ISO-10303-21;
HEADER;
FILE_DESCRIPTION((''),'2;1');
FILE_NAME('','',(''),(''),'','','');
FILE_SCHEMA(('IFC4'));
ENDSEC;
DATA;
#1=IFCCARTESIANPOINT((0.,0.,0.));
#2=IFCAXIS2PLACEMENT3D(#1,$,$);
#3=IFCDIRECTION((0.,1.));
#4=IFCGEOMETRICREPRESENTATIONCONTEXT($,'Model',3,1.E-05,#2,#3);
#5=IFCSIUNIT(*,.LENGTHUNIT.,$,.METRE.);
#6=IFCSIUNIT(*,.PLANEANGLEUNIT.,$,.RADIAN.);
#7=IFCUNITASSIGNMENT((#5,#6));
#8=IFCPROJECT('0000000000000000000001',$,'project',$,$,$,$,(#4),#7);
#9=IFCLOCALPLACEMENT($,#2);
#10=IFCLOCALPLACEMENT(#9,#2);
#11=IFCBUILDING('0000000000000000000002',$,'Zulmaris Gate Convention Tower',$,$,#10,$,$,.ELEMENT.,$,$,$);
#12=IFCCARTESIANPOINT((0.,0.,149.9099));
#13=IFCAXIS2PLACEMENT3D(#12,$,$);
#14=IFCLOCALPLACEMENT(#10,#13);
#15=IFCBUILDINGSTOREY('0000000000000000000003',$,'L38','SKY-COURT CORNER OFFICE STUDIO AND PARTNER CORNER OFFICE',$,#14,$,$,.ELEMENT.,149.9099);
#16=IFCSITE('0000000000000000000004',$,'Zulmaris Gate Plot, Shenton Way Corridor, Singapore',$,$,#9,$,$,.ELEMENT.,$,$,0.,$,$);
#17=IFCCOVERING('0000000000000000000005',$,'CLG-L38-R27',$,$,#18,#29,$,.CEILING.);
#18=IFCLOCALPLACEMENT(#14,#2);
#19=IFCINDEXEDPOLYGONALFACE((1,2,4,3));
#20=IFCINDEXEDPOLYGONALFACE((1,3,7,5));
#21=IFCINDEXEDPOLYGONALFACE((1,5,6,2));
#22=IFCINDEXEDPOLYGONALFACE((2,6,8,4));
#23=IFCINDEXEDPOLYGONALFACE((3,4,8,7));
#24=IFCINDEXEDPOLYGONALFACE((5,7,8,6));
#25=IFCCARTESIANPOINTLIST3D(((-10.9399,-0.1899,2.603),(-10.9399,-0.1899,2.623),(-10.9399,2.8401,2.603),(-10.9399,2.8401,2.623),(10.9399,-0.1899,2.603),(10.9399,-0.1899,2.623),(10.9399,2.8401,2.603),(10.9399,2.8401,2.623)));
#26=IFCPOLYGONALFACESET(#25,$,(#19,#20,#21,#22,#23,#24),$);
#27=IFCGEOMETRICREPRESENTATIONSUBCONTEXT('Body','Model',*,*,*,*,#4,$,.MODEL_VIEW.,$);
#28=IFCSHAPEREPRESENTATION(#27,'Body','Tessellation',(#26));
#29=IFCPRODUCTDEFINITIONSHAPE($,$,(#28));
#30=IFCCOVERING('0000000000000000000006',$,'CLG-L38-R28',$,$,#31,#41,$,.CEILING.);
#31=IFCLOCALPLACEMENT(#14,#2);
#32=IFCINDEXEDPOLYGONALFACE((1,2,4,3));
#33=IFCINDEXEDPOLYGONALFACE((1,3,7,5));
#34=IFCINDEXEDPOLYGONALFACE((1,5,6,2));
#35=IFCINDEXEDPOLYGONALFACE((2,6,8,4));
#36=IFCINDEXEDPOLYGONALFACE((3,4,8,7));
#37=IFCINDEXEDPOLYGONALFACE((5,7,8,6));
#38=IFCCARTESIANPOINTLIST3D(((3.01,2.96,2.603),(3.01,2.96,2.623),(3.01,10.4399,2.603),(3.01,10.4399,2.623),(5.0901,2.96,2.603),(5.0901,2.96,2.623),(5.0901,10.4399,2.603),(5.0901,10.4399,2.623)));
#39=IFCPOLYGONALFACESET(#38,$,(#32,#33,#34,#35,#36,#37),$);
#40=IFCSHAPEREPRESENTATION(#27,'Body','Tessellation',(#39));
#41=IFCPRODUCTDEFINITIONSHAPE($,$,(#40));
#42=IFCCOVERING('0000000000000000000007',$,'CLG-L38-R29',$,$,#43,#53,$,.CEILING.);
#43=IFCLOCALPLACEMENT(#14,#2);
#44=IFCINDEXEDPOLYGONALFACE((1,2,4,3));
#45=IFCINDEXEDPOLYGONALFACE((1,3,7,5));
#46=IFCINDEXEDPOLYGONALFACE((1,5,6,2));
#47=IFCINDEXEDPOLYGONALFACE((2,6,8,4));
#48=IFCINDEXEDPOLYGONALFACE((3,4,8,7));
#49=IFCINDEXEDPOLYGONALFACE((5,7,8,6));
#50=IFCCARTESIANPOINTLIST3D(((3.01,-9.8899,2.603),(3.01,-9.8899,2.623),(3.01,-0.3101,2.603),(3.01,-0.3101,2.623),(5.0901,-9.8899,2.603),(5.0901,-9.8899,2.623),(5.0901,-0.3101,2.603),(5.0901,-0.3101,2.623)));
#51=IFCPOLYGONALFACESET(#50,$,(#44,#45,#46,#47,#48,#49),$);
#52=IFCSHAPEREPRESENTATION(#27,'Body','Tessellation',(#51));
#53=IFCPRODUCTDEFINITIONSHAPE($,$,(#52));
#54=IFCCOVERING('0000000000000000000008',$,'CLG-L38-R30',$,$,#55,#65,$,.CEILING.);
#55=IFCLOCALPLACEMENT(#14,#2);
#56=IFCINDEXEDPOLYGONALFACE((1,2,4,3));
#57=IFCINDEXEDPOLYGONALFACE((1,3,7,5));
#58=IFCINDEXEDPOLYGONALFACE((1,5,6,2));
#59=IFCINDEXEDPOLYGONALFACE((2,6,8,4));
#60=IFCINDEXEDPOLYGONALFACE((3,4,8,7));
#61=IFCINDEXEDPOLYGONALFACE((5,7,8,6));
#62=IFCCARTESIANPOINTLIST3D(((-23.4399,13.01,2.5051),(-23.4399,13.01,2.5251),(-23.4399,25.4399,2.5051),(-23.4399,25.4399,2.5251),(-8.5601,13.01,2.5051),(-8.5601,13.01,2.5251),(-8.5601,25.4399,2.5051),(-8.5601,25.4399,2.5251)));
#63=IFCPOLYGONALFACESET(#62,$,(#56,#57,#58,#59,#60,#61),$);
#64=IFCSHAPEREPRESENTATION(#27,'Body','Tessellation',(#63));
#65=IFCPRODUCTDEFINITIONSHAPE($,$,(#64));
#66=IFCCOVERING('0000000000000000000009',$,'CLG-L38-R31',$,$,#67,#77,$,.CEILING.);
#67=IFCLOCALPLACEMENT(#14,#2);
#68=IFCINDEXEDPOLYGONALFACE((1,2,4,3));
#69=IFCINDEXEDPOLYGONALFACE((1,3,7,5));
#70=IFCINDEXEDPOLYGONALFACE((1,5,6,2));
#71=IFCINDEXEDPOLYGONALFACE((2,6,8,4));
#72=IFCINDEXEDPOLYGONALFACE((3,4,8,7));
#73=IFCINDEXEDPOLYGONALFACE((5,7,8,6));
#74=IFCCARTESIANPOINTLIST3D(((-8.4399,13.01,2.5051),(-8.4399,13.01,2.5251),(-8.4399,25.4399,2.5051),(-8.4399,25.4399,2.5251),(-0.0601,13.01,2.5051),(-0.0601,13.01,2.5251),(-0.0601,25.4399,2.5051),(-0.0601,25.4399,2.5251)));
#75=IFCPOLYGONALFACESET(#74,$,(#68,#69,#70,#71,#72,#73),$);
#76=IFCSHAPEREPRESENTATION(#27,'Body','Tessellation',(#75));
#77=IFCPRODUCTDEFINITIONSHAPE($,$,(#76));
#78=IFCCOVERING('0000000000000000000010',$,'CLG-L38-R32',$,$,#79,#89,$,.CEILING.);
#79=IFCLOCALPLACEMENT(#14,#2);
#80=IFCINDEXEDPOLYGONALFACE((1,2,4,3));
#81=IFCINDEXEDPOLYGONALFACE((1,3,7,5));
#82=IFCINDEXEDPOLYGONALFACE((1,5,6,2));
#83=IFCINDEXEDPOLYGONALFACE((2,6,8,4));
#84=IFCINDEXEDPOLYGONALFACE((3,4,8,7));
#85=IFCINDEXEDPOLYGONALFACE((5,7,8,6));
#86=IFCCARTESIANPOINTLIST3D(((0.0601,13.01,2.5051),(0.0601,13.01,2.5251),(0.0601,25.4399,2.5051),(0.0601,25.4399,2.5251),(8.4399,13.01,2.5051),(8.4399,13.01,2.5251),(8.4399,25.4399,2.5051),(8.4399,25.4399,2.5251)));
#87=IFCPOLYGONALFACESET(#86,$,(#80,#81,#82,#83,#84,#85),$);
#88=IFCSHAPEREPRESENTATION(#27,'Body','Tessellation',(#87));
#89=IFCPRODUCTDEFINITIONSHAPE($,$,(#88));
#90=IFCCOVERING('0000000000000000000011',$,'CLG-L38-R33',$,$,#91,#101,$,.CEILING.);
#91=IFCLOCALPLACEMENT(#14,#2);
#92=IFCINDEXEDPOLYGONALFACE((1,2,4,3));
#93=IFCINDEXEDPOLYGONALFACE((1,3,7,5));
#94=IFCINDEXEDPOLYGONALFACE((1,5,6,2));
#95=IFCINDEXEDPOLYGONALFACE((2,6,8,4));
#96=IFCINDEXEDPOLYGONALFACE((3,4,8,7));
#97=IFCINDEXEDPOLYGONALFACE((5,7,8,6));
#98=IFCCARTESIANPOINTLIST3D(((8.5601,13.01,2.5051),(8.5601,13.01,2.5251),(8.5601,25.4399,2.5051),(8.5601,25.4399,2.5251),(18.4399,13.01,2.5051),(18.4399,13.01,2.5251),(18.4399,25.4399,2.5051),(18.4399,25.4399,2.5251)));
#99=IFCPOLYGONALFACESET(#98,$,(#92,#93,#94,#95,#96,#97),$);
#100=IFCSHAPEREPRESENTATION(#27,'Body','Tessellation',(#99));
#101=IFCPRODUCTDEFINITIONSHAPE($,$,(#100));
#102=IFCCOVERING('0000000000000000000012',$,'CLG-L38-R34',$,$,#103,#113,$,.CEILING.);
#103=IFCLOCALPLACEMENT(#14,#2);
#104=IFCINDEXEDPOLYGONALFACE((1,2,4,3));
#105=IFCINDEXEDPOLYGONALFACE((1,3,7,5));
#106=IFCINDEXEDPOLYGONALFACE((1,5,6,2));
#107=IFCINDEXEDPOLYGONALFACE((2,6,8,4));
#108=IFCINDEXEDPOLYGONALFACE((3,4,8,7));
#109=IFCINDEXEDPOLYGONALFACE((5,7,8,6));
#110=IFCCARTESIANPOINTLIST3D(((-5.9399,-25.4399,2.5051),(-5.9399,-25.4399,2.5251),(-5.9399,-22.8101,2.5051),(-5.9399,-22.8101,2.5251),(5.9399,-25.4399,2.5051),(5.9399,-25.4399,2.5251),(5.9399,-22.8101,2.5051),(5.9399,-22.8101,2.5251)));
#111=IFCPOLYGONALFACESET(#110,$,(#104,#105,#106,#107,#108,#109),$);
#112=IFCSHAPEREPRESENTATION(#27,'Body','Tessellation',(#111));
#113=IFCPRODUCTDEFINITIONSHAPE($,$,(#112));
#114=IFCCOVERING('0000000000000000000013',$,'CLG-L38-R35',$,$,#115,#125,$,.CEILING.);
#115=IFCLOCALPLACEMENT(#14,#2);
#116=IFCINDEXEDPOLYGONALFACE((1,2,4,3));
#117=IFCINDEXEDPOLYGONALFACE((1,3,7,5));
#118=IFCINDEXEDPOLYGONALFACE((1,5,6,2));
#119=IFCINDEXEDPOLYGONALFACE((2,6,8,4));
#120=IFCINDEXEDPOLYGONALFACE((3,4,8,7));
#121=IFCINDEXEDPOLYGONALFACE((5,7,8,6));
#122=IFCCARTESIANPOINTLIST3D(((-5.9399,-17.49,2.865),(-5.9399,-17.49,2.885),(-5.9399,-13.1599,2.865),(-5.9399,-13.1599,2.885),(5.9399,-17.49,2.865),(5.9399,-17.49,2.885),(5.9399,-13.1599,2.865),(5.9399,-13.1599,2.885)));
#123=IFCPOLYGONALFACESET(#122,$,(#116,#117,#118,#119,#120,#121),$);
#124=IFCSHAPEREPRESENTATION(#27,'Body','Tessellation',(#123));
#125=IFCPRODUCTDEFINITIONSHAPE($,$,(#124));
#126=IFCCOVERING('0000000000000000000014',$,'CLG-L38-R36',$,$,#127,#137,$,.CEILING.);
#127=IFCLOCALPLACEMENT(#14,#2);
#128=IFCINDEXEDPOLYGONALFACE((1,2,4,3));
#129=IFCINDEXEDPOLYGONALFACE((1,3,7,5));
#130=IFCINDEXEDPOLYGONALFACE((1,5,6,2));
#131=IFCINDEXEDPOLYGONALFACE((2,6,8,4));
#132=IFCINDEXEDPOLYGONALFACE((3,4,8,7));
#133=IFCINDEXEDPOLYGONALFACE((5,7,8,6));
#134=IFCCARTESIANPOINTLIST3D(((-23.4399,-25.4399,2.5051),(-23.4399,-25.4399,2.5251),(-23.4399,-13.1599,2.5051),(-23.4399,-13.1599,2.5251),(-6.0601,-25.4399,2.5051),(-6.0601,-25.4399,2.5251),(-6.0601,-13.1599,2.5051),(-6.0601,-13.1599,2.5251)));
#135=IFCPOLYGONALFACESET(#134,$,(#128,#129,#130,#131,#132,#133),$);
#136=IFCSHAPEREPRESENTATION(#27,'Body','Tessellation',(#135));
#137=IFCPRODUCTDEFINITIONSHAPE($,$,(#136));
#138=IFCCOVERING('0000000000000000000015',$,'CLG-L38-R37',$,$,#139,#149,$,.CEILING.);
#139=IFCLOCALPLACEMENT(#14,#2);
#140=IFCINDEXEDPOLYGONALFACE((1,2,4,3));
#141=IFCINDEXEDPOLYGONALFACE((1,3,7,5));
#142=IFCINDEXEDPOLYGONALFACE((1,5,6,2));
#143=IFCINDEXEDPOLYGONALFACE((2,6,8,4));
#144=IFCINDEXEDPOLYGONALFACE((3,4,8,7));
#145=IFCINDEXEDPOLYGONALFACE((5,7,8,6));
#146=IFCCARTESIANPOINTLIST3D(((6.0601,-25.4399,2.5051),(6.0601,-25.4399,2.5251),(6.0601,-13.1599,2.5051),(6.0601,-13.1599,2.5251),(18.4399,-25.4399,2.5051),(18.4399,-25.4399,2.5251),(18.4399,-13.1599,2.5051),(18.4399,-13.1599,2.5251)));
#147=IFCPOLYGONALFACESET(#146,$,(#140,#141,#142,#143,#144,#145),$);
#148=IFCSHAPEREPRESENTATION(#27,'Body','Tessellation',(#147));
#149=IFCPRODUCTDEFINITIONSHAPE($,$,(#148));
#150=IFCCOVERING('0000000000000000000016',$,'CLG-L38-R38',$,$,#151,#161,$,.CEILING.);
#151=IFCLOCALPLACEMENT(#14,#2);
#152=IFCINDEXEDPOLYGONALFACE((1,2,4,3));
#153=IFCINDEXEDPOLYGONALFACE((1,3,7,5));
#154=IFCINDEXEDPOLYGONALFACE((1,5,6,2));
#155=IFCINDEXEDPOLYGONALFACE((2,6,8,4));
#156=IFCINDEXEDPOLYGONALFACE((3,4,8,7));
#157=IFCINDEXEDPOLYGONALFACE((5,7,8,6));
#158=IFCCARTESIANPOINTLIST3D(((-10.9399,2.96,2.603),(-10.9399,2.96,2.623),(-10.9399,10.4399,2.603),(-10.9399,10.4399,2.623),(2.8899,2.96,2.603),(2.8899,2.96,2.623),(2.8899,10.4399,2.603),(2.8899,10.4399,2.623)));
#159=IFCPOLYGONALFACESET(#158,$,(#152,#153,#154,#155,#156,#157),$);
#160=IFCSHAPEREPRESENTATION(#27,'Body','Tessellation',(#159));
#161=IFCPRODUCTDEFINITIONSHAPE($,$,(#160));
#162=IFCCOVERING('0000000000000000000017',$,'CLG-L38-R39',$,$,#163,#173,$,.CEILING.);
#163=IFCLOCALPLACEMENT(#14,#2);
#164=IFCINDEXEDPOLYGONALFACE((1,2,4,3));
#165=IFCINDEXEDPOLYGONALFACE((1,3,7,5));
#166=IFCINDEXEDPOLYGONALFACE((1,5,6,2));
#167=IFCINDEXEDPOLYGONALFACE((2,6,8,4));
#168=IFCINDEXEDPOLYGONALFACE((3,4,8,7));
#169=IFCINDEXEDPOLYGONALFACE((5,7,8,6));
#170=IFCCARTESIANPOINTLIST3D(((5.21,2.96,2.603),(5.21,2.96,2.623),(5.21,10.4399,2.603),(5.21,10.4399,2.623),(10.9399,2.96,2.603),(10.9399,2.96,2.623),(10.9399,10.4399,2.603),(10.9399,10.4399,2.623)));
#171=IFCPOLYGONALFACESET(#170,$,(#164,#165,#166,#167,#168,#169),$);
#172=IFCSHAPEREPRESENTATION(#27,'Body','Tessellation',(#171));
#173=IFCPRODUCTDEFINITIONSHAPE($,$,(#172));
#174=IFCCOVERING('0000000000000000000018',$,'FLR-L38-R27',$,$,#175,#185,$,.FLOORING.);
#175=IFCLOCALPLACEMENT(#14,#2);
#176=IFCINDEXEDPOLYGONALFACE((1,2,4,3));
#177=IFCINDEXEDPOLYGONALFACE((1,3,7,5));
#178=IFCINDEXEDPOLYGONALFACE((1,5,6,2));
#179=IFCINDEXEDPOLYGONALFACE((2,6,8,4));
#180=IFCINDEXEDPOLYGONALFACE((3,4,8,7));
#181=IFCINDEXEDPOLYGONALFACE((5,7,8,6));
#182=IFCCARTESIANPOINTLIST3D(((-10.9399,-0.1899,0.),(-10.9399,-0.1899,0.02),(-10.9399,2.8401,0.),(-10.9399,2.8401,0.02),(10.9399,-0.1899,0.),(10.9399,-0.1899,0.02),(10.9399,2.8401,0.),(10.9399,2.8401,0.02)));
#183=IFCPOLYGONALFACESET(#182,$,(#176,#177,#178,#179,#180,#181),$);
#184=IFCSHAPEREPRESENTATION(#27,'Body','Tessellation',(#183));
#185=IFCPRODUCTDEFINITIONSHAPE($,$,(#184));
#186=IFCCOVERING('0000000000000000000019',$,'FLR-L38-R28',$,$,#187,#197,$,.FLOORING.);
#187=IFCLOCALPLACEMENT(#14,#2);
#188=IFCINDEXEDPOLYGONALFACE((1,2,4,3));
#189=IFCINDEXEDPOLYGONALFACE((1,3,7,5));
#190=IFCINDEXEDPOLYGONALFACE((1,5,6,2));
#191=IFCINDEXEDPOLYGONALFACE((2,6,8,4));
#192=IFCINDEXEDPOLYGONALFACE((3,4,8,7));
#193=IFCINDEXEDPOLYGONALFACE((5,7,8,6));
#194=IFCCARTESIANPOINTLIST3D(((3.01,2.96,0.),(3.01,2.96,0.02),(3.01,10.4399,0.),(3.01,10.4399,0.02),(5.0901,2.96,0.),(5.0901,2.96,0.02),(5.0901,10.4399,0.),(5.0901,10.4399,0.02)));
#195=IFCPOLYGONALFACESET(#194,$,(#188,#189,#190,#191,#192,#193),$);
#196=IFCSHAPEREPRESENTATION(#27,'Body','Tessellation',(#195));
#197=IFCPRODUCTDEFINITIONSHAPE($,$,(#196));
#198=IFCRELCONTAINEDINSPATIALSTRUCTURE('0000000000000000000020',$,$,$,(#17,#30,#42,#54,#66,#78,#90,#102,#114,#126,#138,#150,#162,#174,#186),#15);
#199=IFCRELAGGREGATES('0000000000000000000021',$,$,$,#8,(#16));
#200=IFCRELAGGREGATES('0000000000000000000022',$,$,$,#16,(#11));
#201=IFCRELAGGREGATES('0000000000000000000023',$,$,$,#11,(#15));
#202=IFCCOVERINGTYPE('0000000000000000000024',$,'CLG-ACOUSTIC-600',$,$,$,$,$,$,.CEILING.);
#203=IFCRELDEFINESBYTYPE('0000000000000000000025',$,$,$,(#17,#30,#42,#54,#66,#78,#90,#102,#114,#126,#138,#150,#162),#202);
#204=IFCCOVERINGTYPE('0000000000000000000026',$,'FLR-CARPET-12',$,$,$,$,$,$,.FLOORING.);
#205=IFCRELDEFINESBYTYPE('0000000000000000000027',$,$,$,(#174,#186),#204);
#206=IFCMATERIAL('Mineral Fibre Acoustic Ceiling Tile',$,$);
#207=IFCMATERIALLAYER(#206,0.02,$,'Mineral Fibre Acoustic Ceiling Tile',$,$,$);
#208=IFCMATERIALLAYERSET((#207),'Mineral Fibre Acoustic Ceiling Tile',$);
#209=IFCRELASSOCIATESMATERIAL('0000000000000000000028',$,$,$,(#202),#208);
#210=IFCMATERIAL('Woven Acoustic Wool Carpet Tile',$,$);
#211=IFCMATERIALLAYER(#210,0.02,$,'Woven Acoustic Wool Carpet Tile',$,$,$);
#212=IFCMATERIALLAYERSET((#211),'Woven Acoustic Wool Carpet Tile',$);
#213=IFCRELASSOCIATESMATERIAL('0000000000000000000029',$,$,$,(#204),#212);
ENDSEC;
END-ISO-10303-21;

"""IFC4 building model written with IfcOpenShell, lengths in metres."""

from ifc_helpers import new_model, si_unit, direction, frame, origin, place, context, subcontext, project, spatial, polyline, outline, extrude, material, layer, layer_set, type_object, element, save


model = new_model("IFC4")

# Units and contexts
model_context = context("Model", 3, precision=1e-05, world=origin(), true_north=direction((0.0, 1.0)))
body_context = subcontext(model_context, "Body", "Model", "MODEL_VIEW")
ifc_project = project(units=[si_unit("LENGTHUNIT", "METRE"), si_unit("PLANEANGLEUNIT", "RADIAN")], contexts=[model_context])

# Site, building, storey
site_placement = place(None, origin())
site = spatial("IfcSite", under=ifc_project, at=site_placement, Name="Zulmaris Gate Plot, Shenton Way Corridor, Singapore", CompositionType="ELEMENT", RefElevation=0.0)
building_placement = place(site_placement, origin())
building = spatial("IfcBuilding", under=site, at=building_placement, Name="Zulmaris Gate Convention Tower", CompositionType="ELEMENT")
storey_placement = place(building_placement, frame((0.0, 0.0, 149.9099)))
storey = spatial("IfcBuildingStorey", under=building, at=storey_placement, Name="L38", Description="SKY-COURT CORNER OFFICE STUDIO AND PARTNER CORNER OFFICE", CompositionType="ELEMENT", Elevation=149.9099)

# Coverings
ifc_material_1 = material(Name="Mineral Fibre Acoustic Ceiling Tile")
ifc_layer_1 = layer(ifc_material_1, 0.02, Name="Mineral Fibre Acoustic Ceiling Tile")
ifc_layer_set_1 = layer_set([ifc_layer_1], Name="Mineral Fibre Acoustic Ceiling Tile")
covering_type_1 = type_object("IfcCoveringType", Name="CLG-ACOUSTIC-600", PredefinedType="CEILING", material=ifc_layer_set_1)
covering_1_placement = place(storey_placement, frame((0.0, 0.0, 2.603)))
element("IfcCovering", 1, at=covering_1_placement, inside=storey, type_object=covering_type_1, Name="CLG-L38-R27", PredefinedType="CEILING", context=body_context, shape_type="SweptSolid", body=[
    extrude(outline(polyline([(-10.9399, -0.1899), (10.9399, -0.1899), (10.9399, 2.8401), (-10.9399, 2.8401), (-10.9399, -0.1899)])), origin(), (0.0, 0.0, 1.0), 0.02),
])
covering_2_placement = place(storey_placement, frame((0.0, 0.0, 2.603)))
element("IfcCovering", 2, at=covering_2_placement, inside=storey, type_object=covering_type_1, Name="CLG-L38-R28", PredefinedType="CEILING", context=body_context, shape_type="SweptSolid", body=[
    extrude(outline(polyline([(3.01, 2.96), (5.0901, 2.96), (5.0901, 10.4399), (3.01, 10.4399), (3.01, 2.96)])), origin(), (0.0, 0.0, 1.0), 0.02),
])
covering_3_placement = place(storey_placement, frame((0.0, 0.0, 2.603)))
element("IfcCovering", 3, at=covering_3_placement, inside=storey, type_object=covering_type_1, Name="CLG-L38-R29", PredefinedType="CEILING", context=body_context, shape_type="SweptSolid", body=[
    extrude(outline(polyline([(3.01, -9.8899), (5.0901, -9.8899), (5.0901, -0.3101), (3.01, -0.3101), (3.01, -9.8899)])), origin(), (0.0, 0.0, 1.0), 0.02),
])
covering_4_placement = place(storey_placement, frame((0.0, 0.0, 2.5051)))
element("IfcCovering", 4, at=covering_4_placement, inside=storey, type_object=covering_type_1, Name="CLG-L38-R30", PredefinedType="CEILING", context=body_context, shape_type="SweptSolid", body=[
    extrude(outline(polyline([(-23.4399, 13.01), (-8.5601, 13.01), (-8.5601, 25.4399), (-23.4399, 25.4399), (-23.4399, 13.01)])), origin(), (0.0, 0.0, 1.0), 0.02),
])
covering_5_placement = place(storey_placement, frame((0.0, 0.0, 2.5051)))
element("IfcCovering", 5, at=covering_5_placement, inside=storey, type_object=covering_type_1, Name="CLG-L38-R31", PredefinedType="CEILING", context=body_context, shape_type="SweptSolid", body=[
    extrude(outline(polyline([(-8.4399, 13.01), (-0.0601, 13.01), (-0.0601, 25.4399), (-8.4399, 25.4399), (-8.4399, 13.01)])), origin(), (0.0, 0.0, 1.0), 0.02),
])
covering_6_placement = place(storey_placement, frame((0.0, 0.0, 2.5051)))
element("IfcCovering", 6, at=covering_6_placement, inside=storey, type_object=covering_type_1, Name="CLG-L38-R32", PredefinedType="CEILING", context=body_context, shape_type="SweptSolid", body=[
    extrude(outline(polyline([(0.0601, 13.01), (8.4399, 13.01), (8.4399, 25.4399), (0.0601, 25.4399), (0.0601, 13.01)])), origin(), (0.0, 0.0, 1.0), 0.02),
])
covering_7_placement = place(storey_placement, frame((0.0, 0.0, 2.5051)))
element("IfcCovering", 7, at=covering_7_placement, inside=storey, type_object=covering_type_1, Name="CLG-L38-R33", PredefinedType="CEILING", context=body_context, shape_type="SweptSolid", body=[
    extrude(outline(polyline([(8.5601, 13.01), (18.4399, 13.01), (18.4399, 25.4399), (8.5601, 25.4399), (8.5601, 13.01)])), origin(), (0.0, 0.0, 1.0), 0.02),
])
covering_8_placement = place(storey_placement, frame((0.0, 0.0, 2.5051)))
element("IfcCovering", 8, at=covering_8_placement, inside=storey, type_object=covering_type_1, Name="CLG-L38-R34", PredefinedType="CEILING", context=body_context, shape_type="SweptSolid", body=[
    extrude(outline(polyline([(-5.9399, -25.4399), (5.9399, -25.4399), (5.9399, -22.8101), (-5.9399, -22.8101), (-5.9399, -25.4399)])), origin(), (0.0, 0.0, 1.0), 0.02),
])
covering_9_placement = place(storey_placement, frame((0.0, 0.0, 2.865)))
element("IfcCovering", 9, at=covering_9_placement, inside=storey, type_object=covering_type_1, Name="CLG-L38-R35", PredefinedType="CEILING", context=body_context, shape_type="SweptSolid", body=[
    extrude(outline(polyline([(-5.9399, -17.49), (5.9399, -17.49), (5.9399, -13.1599), (-5.9399, -13.1599), (-5.9399, -17.49)])), origin(), (0.0, 0.0, 1.0), 0.02),
])
covering_10_placement = place(storey_placement, frame((0.0, 0.0, 2.5051)))
element("IfcCovering", 10, at=covering_10_placement, inside=storey, type_object=covering_type_1, Name="CLG-L38-R36", PredefinedType="CEILING", context=body_context, shape_type="SweptSolid", body=[
    extrude(outline(polyline([(-23.4399, -25.4399), (-6.0601, -25.4399), (-6.0601, -13.1599), (-23.4399, -13.1599), (-23.4399, -25.4399)])), origin(), (0.0, 0.0, 1.0), 0.02),
])
covering_11_placement = place(storey_placement, frame((0.0, 0.0, 2.5051)))
element("IfcCovering", 11, at=covering_11_placement, inside=storey, type_object=covering_type_1, Name="CLG-L38-R37", PredefinedType="CEILING", context=body_context, shape_type="SweptSolid", body=[
    extrude(outline(polyline([(6.0601, -25.4399), (18.4399, -25.4399), (18.4399, -13.1599), (6.0601, -13.1599), (6.0601, -25.4399)])), origin(), (0.0, 0.0, 1.0), 0.02),
])
covering_12_placement = place(storey_placement, frame((0.0, 0.0, 2.603)))
element("IfcCovering", 12, at=covering_12_placement, inside=storey, type_object=covering_type_1, Name="CLG-L38-R38", PredefinedType="CEILING", context=body_context, shape_type="SweptSolid", body=[
    extrude(outline(polyline([(-10.9399, 2.96), (2.8899, 2.96), (2.8899, 10.4399), (-10.9399, 10.4399), (-10.9399, 2.96)])), origin(), (0.0, 0.0, 1.0), 0.02),
])
covering_13_placement = place(storey_placement, frame((0.0, 0.0, 2.603)))
element("IfcCovering", 13, at=covering_13_placement, inside=storey, type_object=covering_type_1, Name="CLG-L38-R39", PredefinedType="CEILING", context=body_context, shape_type="SweptSolid", body=[
    extrude(outline(polyline([(5.21, 2.96), (10.9399, 2.96), (10.9399, 10.4399), (5.21, 10.4399), (5.21, 2.96)])), origin(), (0.0, 0.0, 1.0), 0.02),
])
ifc_material_2 = material(Name="Woven Acoustic Wool Carpet Tile")
ifc_layer_2 = layer(ifc_material_2, 0.02, Name="Woven Acoustic Wool Carpet Tile")
ifc_layer_set_2 = layer_set([ifc_layer_2], Name="Woven Acoustic Wool Carpet Tile")
covering_type_2 = type_object("IfcCoveringType", Name="FLR-CARPET-12", PredefinedType="FLOORING", material=ifc_layer_set_2)
covering_14_placement = place(storey_placement, origin())
element("IfcCovering", 14, at=covering_14_placement, inside=storey, type_object=covering_type_2, Name="FLR-L38-R27", PredefinedType="FLOORING", context=body_context, shape_type="SweptSolid", body=[
    extrude(outline(polyline([(-10.9399, -0.1899), (10.9399, -0.1899), (10.9399, 2.8401), (-10.9399, 2.8401), (-10.9399, -0.1899)])), origin(), (0.0, 0.0, 1.0), 0.02),
])
covering_15_placement = place(storey_placement, origin())
element("IfcCovering", 15, at=covering_15_placement, inside=storey, type_object=covering_type_2, Name="FLR-L38-R28", PredefinedType="FLOORING", context=body_context, shape_type="SweptSolid", body=[
    extrude(outline(polyline([(3.01, 2.96), (5.0901, 2.96), (5.0901, 10.4399), (3.01, 10.4399), (3.01, 2.96)])), origin(), (0.0, 0.0, 1.0), 0.02),
])

save(model, "model.ifc")
